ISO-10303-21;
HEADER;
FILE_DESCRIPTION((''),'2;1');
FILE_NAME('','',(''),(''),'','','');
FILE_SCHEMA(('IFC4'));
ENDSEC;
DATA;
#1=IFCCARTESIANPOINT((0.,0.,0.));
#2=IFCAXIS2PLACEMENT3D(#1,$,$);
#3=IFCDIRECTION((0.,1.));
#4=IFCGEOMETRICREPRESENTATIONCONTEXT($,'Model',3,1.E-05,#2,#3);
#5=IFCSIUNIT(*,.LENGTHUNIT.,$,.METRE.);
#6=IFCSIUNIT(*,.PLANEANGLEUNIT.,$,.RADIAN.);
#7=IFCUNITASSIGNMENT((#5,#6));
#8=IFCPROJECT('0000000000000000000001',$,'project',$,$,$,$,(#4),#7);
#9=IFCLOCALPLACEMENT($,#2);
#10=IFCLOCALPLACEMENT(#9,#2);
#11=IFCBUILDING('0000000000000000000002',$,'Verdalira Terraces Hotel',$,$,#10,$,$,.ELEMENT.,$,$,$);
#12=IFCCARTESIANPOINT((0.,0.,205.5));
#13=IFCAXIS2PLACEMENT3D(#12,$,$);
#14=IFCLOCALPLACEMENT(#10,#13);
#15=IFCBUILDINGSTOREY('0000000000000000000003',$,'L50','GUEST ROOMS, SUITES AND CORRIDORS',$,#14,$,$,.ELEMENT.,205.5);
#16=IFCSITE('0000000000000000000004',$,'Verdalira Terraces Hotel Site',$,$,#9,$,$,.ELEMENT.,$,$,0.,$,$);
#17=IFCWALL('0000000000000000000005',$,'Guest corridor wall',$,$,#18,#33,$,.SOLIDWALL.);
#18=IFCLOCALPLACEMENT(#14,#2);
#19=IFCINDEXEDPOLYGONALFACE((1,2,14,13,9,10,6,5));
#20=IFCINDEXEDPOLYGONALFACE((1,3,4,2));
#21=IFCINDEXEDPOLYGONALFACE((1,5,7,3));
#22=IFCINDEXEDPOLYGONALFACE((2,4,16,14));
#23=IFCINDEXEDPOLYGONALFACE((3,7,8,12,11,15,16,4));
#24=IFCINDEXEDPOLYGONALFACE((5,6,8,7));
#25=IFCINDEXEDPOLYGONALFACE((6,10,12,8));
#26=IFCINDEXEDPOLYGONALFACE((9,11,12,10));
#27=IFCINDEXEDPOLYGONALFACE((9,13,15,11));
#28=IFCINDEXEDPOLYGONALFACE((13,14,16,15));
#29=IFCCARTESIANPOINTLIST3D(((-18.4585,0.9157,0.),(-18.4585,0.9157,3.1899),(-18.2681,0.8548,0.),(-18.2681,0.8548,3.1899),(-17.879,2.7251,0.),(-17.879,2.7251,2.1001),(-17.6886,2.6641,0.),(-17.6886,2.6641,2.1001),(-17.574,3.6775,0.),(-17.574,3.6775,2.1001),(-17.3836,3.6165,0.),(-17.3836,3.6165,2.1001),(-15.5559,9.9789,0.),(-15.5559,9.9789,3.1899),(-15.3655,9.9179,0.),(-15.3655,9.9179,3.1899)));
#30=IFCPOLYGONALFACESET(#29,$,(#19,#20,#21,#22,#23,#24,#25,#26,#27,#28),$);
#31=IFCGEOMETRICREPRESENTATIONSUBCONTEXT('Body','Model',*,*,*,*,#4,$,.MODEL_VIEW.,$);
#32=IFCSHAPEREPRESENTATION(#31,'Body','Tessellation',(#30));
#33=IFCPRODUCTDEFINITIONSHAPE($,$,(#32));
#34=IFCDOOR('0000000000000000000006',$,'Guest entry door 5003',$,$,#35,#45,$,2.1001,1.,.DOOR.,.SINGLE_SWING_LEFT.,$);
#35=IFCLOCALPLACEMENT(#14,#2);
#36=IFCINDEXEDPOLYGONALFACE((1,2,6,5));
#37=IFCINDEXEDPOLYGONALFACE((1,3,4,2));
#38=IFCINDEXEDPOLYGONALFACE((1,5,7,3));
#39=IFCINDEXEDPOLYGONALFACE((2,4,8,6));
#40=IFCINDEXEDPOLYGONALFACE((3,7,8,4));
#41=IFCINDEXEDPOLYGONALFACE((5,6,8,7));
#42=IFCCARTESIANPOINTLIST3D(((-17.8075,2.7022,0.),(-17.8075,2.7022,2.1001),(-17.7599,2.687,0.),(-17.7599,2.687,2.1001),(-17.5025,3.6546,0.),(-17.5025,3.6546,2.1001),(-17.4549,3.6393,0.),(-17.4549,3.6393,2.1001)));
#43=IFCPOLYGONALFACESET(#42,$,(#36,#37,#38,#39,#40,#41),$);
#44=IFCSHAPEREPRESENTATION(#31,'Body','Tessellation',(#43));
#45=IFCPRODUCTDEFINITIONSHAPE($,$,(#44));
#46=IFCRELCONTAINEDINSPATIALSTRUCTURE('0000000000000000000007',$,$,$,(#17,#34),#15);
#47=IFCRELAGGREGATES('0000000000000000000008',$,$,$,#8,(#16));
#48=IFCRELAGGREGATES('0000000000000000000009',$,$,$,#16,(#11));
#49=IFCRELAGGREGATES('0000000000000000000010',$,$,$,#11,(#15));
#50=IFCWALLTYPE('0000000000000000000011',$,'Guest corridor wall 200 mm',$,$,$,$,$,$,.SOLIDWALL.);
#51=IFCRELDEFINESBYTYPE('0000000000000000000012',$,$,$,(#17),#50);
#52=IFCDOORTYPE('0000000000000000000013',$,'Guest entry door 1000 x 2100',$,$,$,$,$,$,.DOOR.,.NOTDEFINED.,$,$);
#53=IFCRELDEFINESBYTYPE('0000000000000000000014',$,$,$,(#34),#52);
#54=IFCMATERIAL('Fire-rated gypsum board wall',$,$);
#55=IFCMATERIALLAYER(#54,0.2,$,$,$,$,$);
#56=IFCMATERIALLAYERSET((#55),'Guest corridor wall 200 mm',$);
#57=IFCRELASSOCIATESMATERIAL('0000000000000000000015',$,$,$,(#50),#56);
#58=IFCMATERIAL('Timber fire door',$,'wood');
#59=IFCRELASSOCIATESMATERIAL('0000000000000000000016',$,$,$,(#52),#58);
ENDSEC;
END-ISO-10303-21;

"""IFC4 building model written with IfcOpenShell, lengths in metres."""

from ifc_helpers import new_model, si_unit, direction, frame, frame_2d, origin, place, context, subcontext, project, spatial, rectangle, extrude, material, layer, layer_set, type_object, element, fill, save


model = new_model("IFC4")

# Units and contexts
model_context = context("Model", 3, precision=1e-05, world=origin(), true_north=direction((0.0, 1.0)))
body_context = subcontext(model_context, "Body", "Model", "MODEL_VIEW")
ifc_project = project(units=[si_unit("LENGTHUNIT", "METRE"), si_unit("PLANEANGLEUNIT", "RADIAN")], contexts=[model_context])

# Site, building, storey
site_placement = place(None, origin())
site = spatial("IfcSite", under=ifc_project, at=site_placement, Name="Verdalira Terraces Hotel Site", CompositionType="ELEMENT", RefElevation=0.0)
building_placement = place(site_placement, origin())
building = spatial("IfcBuilding", under=site, at=building_placement, Name="Verdalira Terraces Hotel", CompositionType="ELEMENT")
storey_placement = place(building_placement, frame((0.0, 0.0, 205.5)))
storey = spatial("IfcBuildingStorey", under=building, at=storey_placement, Name="L50", Description="GUEST ROOMS, SUITES AND CORRIDORS", CompositionType="ELEMENT", Elevation=205.5)

# Wall, opening, door
ifc_material_1 = material(Name="Fire-rated gypsum board wall")
ifc_layer_1 = layer(ifc_material_1, 0.2)
ifc_layer_set_1 = layer_set([ifc_layer_1], Name="Guest corridor wall 200 mm")
wall_type_1 = type_object("IfcWallType", Name="Guest corridor wall 200 mm", PredefinedType="SOLIDWALL", material=ifc_layer_set_1)
wall_1_placement = place(storey_placement, frame((-18.3633, 0.8853, 0.0), z_axis=(0.0, 0.0, 1.0), x_axis=(0.305, 0.952352, 0.0)))
wall_1 = element("IfcWall", 1, at=wall_1_placement, inside=storey, type_object=wall_type_1, Name="Guest corridor wall", PredefinedType="SOLIDWALL", context=body_context, shape_type="SweptSolid", body=[
    extrude(rectangle(XDim=9.5166, YDim=0.2, at=frame_2d((4.7583, 0.0))), origin(), (0.0, 0.0, 1.0), 3.1899),
])
opening_1_placement = place(wall_1_placement, frame((1.8999, 0.0, 0.0)))
opening_1 = element("IfcOpeningElement", 2, at=opening_1_placement, cuts=wall_1, PredefinedType="OPENING", context=body_context, shape_type="SweptSolid", body=[
    extrude(rectangle(XDim=1.0, YDim=2.1001, at=frame_2d((0.5, 1.05))), frame((0.0, 0.1099, 0.0), z_axis=(0.0, -1.0, 0.0), x_axis=(1.0, 0.0, 0.0)), (0.0, 0.0, 1.0), 0.22),
])
ifc_material_2 = material(Name="Timber fire door", Category="wood")
door_type_1 = type_object("IfcDoorType", Name="Guest entry door 1000 x 2100", OperationType="NOTDEFINED", PredefinedType="DOOR", material=ifc_material_2)
door_1_placement = place(opening_1_placement, origin())
door_1 = element("IfcDoor", 3, at=door_1_placement, inside=storey, type_object=door_type_1, Name="Guest entry door 5003", OperationType="SINGLE_SWING_LEFT", OverallHeight=2.1001, OverallWidth=1.0, PredefinedType="DOOR", context=body_context, shape_type="SweptSolid", body=[
    extrude(rectangle(XDim=1.0, YDim=2.1001, at=frame_2d((0.5, 1.05))), frame((0.0, 0.0249, 0.0), z_axis=(0.0, -1.0, 0.0), x_axis=(1.0, 0.0, 0.0)), (0.0, 0.0, 1.0), 0.05),
])
fill(opening_1, door_1)

save(model, "model.ifc")
